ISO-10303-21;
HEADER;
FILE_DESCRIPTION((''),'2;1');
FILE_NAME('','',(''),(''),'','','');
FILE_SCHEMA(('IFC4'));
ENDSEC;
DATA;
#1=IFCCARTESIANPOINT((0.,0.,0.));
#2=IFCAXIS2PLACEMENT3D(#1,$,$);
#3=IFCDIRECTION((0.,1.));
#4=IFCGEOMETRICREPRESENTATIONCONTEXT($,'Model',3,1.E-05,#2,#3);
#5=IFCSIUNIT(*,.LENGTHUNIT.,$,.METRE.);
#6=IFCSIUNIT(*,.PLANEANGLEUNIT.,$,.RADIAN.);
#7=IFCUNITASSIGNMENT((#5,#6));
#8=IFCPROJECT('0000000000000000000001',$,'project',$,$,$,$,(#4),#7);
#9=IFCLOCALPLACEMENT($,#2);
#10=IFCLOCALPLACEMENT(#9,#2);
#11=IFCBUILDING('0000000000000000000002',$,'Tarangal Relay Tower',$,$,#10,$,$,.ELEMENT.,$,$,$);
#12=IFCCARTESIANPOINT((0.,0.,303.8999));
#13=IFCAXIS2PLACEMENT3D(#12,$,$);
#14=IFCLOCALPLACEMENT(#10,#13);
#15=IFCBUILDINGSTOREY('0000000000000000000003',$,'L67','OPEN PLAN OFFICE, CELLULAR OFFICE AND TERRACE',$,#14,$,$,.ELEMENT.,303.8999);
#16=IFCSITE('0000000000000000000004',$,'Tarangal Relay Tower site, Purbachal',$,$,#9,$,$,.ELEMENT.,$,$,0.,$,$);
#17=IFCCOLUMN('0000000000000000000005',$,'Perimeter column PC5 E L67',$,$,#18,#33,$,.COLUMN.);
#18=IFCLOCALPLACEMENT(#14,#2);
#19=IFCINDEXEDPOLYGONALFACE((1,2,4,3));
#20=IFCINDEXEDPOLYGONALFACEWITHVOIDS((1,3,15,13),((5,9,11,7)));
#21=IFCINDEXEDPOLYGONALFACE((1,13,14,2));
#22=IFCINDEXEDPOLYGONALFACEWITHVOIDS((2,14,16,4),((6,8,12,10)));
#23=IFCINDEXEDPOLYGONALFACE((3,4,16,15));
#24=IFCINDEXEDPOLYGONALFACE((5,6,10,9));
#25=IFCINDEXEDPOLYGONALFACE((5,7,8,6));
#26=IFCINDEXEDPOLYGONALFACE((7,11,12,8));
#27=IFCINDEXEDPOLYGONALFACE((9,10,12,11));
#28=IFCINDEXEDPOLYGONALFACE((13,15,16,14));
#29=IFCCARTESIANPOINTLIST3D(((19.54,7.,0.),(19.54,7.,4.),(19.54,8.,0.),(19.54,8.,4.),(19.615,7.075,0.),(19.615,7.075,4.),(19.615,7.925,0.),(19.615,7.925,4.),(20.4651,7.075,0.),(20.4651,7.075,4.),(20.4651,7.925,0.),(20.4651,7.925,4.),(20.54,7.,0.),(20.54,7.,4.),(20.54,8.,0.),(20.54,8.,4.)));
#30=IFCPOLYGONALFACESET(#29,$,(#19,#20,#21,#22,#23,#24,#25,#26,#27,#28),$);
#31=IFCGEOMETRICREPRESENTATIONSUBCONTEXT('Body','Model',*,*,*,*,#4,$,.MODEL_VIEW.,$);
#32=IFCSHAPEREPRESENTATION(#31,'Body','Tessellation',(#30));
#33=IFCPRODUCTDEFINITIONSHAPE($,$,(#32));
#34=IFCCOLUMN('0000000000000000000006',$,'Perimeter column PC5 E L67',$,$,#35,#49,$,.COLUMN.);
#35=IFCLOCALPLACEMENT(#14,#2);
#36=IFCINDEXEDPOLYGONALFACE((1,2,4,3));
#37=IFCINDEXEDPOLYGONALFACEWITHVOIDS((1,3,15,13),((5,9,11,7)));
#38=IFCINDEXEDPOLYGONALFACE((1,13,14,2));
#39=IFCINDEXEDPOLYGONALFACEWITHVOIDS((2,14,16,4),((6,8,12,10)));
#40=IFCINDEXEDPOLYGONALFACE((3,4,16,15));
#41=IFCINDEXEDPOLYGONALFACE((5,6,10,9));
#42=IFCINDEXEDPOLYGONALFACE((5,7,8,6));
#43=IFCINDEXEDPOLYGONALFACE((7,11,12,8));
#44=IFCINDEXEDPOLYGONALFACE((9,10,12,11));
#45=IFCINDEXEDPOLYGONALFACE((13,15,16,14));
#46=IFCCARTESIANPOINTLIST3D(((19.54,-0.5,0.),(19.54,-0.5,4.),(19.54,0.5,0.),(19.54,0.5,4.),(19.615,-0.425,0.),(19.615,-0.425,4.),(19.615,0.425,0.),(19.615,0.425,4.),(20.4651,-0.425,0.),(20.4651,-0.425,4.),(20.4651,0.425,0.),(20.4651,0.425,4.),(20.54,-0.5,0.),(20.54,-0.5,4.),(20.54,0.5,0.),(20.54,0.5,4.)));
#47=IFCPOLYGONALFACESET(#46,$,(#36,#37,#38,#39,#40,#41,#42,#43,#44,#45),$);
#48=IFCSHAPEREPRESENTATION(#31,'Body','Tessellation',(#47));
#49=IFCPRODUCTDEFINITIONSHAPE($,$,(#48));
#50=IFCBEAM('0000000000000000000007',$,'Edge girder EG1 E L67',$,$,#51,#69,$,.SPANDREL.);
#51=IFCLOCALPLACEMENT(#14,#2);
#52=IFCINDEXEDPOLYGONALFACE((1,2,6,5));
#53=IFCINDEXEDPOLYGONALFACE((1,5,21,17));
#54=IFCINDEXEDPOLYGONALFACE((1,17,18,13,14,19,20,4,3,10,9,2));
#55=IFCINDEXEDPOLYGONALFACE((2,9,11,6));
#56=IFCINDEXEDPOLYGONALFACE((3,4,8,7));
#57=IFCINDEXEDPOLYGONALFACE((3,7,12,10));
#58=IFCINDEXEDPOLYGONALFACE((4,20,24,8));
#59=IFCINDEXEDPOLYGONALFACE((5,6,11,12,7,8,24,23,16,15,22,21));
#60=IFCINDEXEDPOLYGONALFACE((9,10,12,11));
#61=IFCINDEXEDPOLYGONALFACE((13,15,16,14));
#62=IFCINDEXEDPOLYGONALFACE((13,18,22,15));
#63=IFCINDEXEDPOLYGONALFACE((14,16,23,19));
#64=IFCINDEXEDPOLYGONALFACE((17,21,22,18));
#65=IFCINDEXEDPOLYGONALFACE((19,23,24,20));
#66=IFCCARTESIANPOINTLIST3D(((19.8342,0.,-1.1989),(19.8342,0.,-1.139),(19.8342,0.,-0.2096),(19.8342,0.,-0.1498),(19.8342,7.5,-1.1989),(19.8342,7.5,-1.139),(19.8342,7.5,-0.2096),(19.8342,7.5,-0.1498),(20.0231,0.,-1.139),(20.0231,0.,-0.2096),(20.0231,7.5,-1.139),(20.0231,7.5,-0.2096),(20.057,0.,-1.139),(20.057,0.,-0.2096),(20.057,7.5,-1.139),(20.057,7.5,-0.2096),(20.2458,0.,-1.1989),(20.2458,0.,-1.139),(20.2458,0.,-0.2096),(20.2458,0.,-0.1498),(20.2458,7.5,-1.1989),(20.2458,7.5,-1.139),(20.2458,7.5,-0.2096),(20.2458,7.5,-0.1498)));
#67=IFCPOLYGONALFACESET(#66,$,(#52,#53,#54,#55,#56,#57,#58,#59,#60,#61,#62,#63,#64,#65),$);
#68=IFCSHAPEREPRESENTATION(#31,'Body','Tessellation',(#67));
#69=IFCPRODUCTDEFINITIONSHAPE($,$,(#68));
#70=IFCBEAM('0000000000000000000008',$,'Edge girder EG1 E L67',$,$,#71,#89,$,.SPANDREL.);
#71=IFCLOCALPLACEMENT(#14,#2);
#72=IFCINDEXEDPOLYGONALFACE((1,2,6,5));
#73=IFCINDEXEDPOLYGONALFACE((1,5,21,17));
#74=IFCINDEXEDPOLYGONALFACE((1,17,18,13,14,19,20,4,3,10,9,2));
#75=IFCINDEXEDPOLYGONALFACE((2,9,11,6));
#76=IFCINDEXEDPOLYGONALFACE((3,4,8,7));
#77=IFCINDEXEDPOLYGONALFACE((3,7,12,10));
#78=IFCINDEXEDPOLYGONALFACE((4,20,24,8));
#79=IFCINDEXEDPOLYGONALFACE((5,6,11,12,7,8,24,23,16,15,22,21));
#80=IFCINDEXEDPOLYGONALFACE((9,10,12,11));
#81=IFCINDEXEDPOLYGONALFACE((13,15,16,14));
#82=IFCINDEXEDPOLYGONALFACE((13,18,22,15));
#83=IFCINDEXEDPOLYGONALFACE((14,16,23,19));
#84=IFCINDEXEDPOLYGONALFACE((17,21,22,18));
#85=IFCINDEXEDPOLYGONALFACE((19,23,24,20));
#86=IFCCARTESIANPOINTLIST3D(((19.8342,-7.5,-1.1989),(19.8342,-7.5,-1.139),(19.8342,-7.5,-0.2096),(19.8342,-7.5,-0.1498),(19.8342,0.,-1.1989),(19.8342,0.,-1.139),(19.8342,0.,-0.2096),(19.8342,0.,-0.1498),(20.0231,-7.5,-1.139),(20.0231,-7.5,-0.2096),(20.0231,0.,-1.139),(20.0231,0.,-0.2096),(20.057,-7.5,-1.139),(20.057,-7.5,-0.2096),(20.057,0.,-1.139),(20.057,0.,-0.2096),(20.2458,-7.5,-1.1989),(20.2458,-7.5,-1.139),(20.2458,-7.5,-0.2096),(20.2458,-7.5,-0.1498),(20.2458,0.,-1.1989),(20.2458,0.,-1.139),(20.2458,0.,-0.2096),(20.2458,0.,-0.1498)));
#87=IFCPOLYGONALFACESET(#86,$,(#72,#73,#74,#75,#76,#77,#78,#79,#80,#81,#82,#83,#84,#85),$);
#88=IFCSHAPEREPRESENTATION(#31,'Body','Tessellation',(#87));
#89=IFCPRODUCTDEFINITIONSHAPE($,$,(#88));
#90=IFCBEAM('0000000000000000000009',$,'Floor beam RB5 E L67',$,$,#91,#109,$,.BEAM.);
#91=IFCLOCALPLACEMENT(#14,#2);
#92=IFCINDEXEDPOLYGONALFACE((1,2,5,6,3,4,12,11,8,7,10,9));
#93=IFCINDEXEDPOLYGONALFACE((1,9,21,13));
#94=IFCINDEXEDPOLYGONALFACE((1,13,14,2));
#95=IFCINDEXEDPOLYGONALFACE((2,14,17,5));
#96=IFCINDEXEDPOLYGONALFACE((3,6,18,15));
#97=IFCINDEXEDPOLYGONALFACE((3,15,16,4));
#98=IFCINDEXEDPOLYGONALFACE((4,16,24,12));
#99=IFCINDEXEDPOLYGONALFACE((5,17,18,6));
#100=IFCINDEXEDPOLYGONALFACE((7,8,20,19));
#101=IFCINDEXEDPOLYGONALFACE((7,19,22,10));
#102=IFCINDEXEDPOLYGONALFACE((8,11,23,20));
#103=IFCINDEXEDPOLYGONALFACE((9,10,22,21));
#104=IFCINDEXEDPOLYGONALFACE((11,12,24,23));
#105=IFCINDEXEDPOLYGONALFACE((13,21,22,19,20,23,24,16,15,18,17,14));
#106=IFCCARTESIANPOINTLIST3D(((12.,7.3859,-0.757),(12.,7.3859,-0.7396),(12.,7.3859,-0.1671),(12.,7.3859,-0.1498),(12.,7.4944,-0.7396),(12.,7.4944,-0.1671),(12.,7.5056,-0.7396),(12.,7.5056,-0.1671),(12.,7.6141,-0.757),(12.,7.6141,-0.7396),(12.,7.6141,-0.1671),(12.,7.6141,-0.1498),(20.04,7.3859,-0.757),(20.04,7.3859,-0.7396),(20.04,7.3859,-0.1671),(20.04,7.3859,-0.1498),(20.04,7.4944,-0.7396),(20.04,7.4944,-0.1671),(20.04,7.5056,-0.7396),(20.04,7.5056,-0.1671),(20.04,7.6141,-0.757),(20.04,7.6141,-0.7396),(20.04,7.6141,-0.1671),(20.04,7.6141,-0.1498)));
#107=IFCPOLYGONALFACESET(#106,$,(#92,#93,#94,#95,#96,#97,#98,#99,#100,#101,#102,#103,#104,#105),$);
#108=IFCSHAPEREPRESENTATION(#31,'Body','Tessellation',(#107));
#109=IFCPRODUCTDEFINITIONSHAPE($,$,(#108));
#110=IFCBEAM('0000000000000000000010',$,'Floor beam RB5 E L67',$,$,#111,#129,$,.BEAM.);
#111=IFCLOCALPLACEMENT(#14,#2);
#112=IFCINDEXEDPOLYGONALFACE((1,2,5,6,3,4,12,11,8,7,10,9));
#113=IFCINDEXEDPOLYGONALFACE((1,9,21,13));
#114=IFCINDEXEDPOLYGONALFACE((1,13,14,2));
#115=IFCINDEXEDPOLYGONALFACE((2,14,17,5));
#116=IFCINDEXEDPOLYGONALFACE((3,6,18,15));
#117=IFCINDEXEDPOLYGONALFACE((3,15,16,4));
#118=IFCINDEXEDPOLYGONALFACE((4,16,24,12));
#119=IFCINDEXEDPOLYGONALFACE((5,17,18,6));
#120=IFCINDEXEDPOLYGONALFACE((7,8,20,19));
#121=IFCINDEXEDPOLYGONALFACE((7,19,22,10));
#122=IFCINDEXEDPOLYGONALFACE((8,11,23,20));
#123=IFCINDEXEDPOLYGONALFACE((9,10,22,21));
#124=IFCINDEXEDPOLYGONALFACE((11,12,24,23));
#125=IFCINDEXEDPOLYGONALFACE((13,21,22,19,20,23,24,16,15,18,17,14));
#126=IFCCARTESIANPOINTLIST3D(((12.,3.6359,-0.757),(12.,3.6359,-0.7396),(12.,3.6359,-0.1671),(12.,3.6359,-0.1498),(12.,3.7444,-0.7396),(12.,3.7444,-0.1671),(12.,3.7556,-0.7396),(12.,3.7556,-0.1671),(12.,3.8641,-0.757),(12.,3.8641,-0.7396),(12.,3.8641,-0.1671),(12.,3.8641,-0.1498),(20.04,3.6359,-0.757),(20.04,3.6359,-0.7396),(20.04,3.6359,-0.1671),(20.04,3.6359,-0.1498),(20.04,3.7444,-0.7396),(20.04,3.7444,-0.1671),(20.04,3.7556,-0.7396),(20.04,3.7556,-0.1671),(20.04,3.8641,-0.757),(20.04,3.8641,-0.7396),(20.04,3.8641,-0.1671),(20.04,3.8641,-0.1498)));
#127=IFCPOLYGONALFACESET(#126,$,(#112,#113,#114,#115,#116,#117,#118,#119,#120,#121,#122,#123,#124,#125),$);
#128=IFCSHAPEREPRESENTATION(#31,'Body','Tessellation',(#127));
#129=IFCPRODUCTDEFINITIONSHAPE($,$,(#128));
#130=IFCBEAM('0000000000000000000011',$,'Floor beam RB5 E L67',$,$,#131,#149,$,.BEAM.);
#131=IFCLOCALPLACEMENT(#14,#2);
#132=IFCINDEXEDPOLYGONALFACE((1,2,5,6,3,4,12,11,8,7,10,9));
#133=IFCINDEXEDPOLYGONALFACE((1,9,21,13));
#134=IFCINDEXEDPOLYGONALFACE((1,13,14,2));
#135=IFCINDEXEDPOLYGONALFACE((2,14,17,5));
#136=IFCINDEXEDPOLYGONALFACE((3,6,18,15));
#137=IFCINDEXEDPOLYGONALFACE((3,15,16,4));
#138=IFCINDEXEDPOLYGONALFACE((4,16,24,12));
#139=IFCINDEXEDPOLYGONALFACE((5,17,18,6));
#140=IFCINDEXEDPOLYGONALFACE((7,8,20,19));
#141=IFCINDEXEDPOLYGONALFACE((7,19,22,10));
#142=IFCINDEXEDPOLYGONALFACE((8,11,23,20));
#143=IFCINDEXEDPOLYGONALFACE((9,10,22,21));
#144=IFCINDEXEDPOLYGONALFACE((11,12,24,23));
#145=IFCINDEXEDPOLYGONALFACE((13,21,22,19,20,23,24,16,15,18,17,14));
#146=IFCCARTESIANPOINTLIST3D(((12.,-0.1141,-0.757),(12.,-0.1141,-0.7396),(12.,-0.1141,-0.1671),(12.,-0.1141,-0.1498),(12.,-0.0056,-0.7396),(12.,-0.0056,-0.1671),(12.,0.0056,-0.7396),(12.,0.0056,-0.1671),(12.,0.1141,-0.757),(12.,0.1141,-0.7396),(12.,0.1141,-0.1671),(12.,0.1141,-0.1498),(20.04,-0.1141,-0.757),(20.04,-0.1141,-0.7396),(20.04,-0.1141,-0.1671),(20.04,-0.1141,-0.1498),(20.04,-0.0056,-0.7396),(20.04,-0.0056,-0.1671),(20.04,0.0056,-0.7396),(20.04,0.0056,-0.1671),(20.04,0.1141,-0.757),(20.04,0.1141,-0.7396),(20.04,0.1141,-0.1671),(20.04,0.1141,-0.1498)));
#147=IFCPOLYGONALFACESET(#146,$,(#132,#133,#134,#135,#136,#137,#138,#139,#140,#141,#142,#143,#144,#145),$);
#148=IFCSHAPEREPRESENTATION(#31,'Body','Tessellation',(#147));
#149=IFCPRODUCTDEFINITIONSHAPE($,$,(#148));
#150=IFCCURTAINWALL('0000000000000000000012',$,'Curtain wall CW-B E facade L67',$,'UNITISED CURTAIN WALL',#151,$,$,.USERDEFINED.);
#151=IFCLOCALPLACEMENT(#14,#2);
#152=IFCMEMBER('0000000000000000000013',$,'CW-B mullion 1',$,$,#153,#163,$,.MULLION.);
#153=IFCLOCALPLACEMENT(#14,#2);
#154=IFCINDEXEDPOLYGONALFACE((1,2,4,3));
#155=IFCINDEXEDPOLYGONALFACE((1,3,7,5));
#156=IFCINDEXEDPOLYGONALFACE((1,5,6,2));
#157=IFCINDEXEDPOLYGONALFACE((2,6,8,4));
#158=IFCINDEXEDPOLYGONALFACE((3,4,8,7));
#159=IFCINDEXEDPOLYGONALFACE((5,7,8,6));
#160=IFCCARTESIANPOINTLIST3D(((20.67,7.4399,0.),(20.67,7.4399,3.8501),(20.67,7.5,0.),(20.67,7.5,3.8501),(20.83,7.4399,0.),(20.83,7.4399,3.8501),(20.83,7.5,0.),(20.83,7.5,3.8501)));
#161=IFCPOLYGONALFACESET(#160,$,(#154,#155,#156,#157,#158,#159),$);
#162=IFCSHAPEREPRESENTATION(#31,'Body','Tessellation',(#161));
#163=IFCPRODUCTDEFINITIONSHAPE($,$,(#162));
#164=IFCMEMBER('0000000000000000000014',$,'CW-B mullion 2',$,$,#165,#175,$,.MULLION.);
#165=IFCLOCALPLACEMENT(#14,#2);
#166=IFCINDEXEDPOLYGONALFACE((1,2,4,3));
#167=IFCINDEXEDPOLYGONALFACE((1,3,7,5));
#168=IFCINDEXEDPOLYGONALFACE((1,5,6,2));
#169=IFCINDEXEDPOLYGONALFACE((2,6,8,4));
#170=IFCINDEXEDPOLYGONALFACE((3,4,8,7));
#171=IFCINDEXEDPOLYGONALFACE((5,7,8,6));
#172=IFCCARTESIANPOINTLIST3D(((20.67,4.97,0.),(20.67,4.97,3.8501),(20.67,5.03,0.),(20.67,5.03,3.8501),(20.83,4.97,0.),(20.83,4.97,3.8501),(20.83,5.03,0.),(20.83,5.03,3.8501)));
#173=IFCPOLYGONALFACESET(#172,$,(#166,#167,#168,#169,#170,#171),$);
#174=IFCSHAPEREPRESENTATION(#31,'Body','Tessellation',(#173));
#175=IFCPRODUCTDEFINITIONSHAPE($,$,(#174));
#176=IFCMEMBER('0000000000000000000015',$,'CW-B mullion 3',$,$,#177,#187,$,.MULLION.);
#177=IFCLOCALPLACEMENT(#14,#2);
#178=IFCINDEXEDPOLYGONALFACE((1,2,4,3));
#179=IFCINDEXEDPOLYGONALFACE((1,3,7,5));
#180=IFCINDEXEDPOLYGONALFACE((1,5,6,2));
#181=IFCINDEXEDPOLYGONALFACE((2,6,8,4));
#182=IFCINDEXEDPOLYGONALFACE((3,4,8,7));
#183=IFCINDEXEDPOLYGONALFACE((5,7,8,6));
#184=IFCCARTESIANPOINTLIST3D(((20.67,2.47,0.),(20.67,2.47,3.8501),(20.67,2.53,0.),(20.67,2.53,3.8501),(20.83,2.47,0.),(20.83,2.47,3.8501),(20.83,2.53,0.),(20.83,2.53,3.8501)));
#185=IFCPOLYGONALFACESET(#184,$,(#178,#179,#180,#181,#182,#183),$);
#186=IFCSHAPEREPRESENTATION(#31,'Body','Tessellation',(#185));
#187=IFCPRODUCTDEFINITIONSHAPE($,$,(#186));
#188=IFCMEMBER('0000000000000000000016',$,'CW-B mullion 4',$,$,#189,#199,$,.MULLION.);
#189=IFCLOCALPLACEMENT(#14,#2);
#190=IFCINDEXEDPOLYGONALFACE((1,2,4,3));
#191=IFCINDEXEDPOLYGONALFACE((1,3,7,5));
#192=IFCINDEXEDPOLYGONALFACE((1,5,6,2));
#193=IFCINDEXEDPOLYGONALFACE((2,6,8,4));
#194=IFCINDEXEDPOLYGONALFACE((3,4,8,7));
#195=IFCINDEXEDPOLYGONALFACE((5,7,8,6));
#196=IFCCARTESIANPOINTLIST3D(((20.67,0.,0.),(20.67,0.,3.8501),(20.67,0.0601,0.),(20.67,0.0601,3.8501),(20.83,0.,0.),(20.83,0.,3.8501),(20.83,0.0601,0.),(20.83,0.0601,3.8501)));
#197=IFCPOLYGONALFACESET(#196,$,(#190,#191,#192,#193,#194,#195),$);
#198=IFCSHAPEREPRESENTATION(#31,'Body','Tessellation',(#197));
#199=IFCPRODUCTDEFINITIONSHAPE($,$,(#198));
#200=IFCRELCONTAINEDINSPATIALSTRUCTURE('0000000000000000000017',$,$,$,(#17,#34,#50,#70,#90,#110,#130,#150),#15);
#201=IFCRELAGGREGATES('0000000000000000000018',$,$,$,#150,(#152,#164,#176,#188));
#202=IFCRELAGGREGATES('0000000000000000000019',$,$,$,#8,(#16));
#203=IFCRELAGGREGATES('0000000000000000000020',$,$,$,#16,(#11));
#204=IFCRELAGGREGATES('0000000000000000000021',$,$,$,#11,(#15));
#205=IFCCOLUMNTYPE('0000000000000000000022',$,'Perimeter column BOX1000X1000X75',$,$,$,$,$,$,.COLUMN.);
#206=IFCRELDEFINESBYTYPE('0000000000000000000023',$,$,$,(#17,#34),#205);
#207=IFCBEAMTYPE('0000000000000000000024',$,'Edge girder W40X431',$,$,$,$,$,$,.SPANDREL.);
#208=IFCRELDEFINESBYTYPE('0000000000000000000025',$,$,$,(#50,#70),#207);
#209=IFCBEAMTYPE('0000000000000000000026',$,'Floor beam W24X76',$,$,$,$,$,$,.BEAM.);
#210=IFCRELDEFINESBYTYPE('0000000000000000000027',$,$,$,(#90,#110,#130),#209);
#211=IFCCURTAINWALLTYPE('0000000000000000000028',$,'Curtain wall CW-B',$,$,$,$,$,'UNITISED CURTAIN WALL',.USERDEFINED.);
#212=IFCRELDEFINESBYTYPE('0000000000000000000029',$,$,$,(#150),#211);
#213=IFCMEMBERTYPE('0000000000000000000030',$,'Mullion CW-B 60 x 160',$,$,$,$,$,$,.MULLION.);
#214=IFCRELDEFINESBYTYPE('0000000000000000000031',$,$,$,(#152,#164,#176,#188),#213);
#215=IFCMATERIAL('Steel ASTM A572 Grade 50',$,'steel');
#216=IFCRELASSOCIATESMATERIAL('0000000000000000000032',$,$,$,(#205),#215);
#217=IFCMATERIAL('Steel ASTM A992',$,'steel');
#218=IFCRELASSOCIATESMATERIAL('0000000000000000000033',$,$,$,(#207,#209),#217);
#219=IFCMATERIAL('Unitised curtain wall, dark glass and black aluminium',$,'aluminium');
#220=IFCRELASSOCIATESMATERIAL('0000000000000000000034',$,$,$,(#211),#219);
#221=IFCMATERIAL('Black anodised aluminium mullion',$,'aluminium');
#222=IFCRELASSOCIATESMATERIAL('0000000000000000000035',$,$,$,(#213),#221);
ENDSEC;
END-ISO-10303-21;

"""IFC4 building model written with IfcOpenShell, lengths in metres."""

from ifc_helpers import new_model, si_unit, direction, frame, origin, origin_2d, place, context, subcontext, project, spatial, rectangle, hollow_rectangle, i_section, extrude, material, material_profile, profile_set, type_object, element, aggregate, save


model = new_model("IFC4")

# Units and contexts
model_context = context("Model", 3, precision=1e-05, world=origin(), true_north=direction((0.0, 1.0)))
body_context = subcontext(model_context, "Body", "Model", "MODEL_VIEW")
ifc_project = project(units=[si_unit("LENGTHUNIT", "METRE"), si_unit("PLANEANGLEUNIT", "RADIAN")], contexts=[model_context])

# Site, building, storey
site_placement = place(None, origin())
site = spatial("IfcSite", under=ifc_project, at=site_placement, Name="Tarangal Relay Tower site, Purbachal", CompositionType="ELEMENT", RefElevation=0.0)
building_placement = place(site_placement, origin())
building = spatial("IfcBuilding", under=site, at=building_placement, Name="Tarangal Relay Tower", CompositionType="ELEMENT")
storey_placement = place(building_placement, frame((0.0, 0.0, 303.8999)))
storey = spatial("IfcBuildingStorey", under=building, at=storey_placement, Name="L67", Description="OPEN PLAN OFFICE, CELLULAR OFFICE AND TERRACE", CompositionType="ELEMENT", Elevation=303.8999)

# Columns
ifc_material_1 = material(Name="Steel ASTM A572 Grade 50", Category="steel")
ifc_material_profile_1 = material_profile(ifc_material_1, hollow_rectangle(XDim=1.0, YDim=1.0, WallThickness=0.075, at=origin_2d()), Name="BOX1000X1000X75")
ifc_profile_set_1 = profile_set([ifc_material_profile_1], Name="Steel ASTM A572 Grade 50")
column_type = type_object("IfcColumnType", Name="Perimeter column BOX1000X1000X75", PredefinedType="COLUMN", material=ifc_profile_set_1)
for number, where, z_axis, x_axis, name in (
    (1, (20.04, 7.5, 0.0), (0.0, 0.0, 1.0), (1.0, 0.0, 0.0), "Perimeter column PC5 E L67"),
    (2, (20.04, 0.0, 0.0), (0.0, 0.0, 1.0), (1.0, 0.0, 0.0), "Perimeter column PC5 E L67"),
):
    element("IfcColumn", number, at=place(storey_placement, frame(where, z_axis=z_axis, x_axis=x_axis)), inside=storey, type_object=column_type, Name=name, PredefinedType="COLUMN", context=body_context, shape_type="SweptSolid", body=[
        extrude(hollow_rectangle(XDim=1.0, YDim=1.0, WallThickness=0.075, at=origin_2d()), origin(), (0.0, 0.0, 1.0), 4.0),
    ])

# Beams
ifc_material_2 = material(Name="Steel ASTM A992", Category="steel")
ifc_material_profile_2 = material_profile(ifc_material_2, i_section(OverallWidth=0.4116, OverallDepth=1.0491, WebThickness=0.0339, FlangeThickness=0.0598, at=origin_2d()), Name="W40X431")
ifc_profile_set_2 = profile_set([ifc_material_profile_2], Name="Steel ASTM A992")
beam_type_1 = type_object("IfcBeamType", Name="Edge girder W40X431", PredefinedType="SPANDREL", material=ifc_profile_set_2)
for number, where, z_axis, x_axis, name in (
    (3, (20.04, 7.5, -0.6743), (0.0, -1.0, 0.0), (1.0, 0.0, 0.0), "Edge girder EG1 E L67"),
    (4, (20.04, 0.0, -0.6743), (0.0, -1.0, 0.0), (1.0, 0.0, 0.0), "Edge girder EG1 E L67"),
):
    element("IfcBeam", number, at=place(storey_placement, frame(where, z_axis=z_axis, x_axis=x_axis)), inside=storey, type_object=beam_type_1, Name=name, PredefinedType="SPANDREL", context=body_context, shape_type="SweptSolid", body=[
        extrude(i_section(OverallWidth=0.4116, OverallDepth=1.0491, WebThickness=0.0339, FlangeThickness=0.0598, at=origin_2d()), origin(), (0.0, 0.0, 1.0), 7.5),
    ])
ifc_material_profile_3 = material_profile(ifc_material_2, i_section(OverallWidth=0.2283, OverallDepth=0.6072, WebThickness=0.0112, FlangeThickness=0.0173, at=origin_2d()), Name="W24X76")
ifc_profile_set_3 = profile_set([ifc_material_profile_3], Name="Steel ASTM A992")
beam_type_2 = type_object("IfcBeamType", Name="Floor beam W24X76", PredefinedType="BEAM", material=ifc_profile_set_3)
for number, where, z_axis, x_axis, name in (
    (5, (12.0, 7.5, -0.4534), (1.0, 0.0, 0.0), (0.0, 1.0, 0.0), "Floor beam RB5 E L67"),
    (6, (12.0, 3.75, -0.4534), (1.0, 0.0, 0.0), (0.0, 1.0, 0.0), "Floor beam RB5 E L67"),
    (7, (12.0, 0.0, -0.4534), (1.0, 0.0, 0.0), (0.0, 1.0, 0.0), "Floor beam RB5 E L67"),
):
    element("IfcBeam", number, at=place(storey_placement, frame(where, z_axis=z_axis, x_axis=x_axis)), inside=storey, type_object=beam_type_2, Name=name, PredefinedType="BEAM", context=body_context, shape_type="SweptSolid", body=[
        extrude(i_section(OverallWidth=0.2283, OverallDepth=0.6072, WebThickness=0.0112, FlangeThickness=0.0173, at=origin_2d()), origin(), (0.0, 0.0, 1.0), 8.04),
    ])

# Curtain wall, members
ifc_material_3 = material(Name="Unitised curtain wall, dark glass and black aluminium", Category="aluminium")
curtain_wall_type_1 = type_object("IfcCurtainWallType", Name="Curtain wall CW-B", ElementType="UNITISED CURTAIN WALL", PredefinedType="USERDEFINED", material=ifc_material_3)
curtain_wall_1_placement = place(storey_placement, origin())
curtain_wall_1 = element("IfcCurtainWall", 8, at=curtain_wall_1_placement, inside=storey, type_object=curtain_wall_type_1, Name="Curtain wall CW-B E facade L67", ObjectType="UNITISED CURTAIN WALL", PredefinedType="USERDEFINED")
ifc_material_4 = material(Name="Black anodised aluminium mullion", Category="aluminium")
ifc_material_profile_4 = material_profile(ifc_material_4, rectangle(XDim=0.1599, YDim=0.0601, at=origin_2d()), Name="CW-BM 60X160")
ifc_profile_set_4 = profile_set([ifc_material_profile_4], Name="Black anodised aluminium mullion")
member_type_1 = type_object("IfcMemberType", Name="Mullion CW-B 60 x 160", PredefinedType="MULLION", material=ifc_profile_set_4)
member_1_placement = place(storey_placement, frame((20.75, 7.47, 0.0), z_axis=(0.0, 0.0, 1.0), x_axis=(1.0, 0.0, 0.0)))
member_1 = element("IfcMember", 9, at=member_1_placement, type_object=member_type_1, Name="CW-B mullion 1", PredefinedType="MULLION", context=body_context, shape_type="SweptSolid", body=[
    extrude(rectangle(XDim=0.1599, YDim=0.0601, at=origin_2d()), origin(), (0.0, 0.0, 1.0), 3.8501),
])
member_2_placement = place(storey_placement, frame((20.75, 5.0, 0.0), z_axis=(0.0, 0.0, 1.0), x_axis=(1.0, 0.0, 0.0)))
member_2 = element("IfcMember", 10, at=member_2_placement, type_object=member_type_1, Name="CW-B mullion 2", PredefinedType="MULLION", context=body_context, shape_type="SweptSolid", body=[
    extrude(rectangle(XDim=0.1599, YDim=0.0601, at=origin_2d()), origin(), (0.0, 0.0, 1.0), 3.8501),
])
member_3_placement = place(storey_placement, frame((20.75, 2.5, 0.0), z_axis=(0.0, 0.0, 1.0), x_axis=(1.0, 0.0, 0.0)))
member_3 = element("IfcMember", 11, at=member_3_placement, type_object=member_type_1, Name="CW-B mullion 3", PredefinedType="MULLION", context=body_context, shape_type="SweptSolid", body=[
    extrude(rectangle(XDim=0.1599, YDim=0.0601, at=origin_2d()), origin(), (0.0, 0.0, 1.0), 3.8501),
])
member_4_placement = place(storey_placement, frame((20.75, 0.03, 0.0), z_axis=(0.0, 0.0, 1.0), x_axis=(1.0, 0.0, 0.0)))
member_4 = element("IfcMember", 12, at=member_4_placement, type_object=member_type_1, Name="CW-B mullion 4", PredefinedType="MULLION", context=body_context, shape_type="SweptSolid", body=[
    extrude(rectangle(XDim=0.1599, YDim=0.0601, at=origin_2d()), origin(), (0.0, 0.0, 1.0), 3.8501),
])

aggregate(curtain_wall_1, [member_1, member_2, member_3, member_4])

save(model, "model.ifc")
